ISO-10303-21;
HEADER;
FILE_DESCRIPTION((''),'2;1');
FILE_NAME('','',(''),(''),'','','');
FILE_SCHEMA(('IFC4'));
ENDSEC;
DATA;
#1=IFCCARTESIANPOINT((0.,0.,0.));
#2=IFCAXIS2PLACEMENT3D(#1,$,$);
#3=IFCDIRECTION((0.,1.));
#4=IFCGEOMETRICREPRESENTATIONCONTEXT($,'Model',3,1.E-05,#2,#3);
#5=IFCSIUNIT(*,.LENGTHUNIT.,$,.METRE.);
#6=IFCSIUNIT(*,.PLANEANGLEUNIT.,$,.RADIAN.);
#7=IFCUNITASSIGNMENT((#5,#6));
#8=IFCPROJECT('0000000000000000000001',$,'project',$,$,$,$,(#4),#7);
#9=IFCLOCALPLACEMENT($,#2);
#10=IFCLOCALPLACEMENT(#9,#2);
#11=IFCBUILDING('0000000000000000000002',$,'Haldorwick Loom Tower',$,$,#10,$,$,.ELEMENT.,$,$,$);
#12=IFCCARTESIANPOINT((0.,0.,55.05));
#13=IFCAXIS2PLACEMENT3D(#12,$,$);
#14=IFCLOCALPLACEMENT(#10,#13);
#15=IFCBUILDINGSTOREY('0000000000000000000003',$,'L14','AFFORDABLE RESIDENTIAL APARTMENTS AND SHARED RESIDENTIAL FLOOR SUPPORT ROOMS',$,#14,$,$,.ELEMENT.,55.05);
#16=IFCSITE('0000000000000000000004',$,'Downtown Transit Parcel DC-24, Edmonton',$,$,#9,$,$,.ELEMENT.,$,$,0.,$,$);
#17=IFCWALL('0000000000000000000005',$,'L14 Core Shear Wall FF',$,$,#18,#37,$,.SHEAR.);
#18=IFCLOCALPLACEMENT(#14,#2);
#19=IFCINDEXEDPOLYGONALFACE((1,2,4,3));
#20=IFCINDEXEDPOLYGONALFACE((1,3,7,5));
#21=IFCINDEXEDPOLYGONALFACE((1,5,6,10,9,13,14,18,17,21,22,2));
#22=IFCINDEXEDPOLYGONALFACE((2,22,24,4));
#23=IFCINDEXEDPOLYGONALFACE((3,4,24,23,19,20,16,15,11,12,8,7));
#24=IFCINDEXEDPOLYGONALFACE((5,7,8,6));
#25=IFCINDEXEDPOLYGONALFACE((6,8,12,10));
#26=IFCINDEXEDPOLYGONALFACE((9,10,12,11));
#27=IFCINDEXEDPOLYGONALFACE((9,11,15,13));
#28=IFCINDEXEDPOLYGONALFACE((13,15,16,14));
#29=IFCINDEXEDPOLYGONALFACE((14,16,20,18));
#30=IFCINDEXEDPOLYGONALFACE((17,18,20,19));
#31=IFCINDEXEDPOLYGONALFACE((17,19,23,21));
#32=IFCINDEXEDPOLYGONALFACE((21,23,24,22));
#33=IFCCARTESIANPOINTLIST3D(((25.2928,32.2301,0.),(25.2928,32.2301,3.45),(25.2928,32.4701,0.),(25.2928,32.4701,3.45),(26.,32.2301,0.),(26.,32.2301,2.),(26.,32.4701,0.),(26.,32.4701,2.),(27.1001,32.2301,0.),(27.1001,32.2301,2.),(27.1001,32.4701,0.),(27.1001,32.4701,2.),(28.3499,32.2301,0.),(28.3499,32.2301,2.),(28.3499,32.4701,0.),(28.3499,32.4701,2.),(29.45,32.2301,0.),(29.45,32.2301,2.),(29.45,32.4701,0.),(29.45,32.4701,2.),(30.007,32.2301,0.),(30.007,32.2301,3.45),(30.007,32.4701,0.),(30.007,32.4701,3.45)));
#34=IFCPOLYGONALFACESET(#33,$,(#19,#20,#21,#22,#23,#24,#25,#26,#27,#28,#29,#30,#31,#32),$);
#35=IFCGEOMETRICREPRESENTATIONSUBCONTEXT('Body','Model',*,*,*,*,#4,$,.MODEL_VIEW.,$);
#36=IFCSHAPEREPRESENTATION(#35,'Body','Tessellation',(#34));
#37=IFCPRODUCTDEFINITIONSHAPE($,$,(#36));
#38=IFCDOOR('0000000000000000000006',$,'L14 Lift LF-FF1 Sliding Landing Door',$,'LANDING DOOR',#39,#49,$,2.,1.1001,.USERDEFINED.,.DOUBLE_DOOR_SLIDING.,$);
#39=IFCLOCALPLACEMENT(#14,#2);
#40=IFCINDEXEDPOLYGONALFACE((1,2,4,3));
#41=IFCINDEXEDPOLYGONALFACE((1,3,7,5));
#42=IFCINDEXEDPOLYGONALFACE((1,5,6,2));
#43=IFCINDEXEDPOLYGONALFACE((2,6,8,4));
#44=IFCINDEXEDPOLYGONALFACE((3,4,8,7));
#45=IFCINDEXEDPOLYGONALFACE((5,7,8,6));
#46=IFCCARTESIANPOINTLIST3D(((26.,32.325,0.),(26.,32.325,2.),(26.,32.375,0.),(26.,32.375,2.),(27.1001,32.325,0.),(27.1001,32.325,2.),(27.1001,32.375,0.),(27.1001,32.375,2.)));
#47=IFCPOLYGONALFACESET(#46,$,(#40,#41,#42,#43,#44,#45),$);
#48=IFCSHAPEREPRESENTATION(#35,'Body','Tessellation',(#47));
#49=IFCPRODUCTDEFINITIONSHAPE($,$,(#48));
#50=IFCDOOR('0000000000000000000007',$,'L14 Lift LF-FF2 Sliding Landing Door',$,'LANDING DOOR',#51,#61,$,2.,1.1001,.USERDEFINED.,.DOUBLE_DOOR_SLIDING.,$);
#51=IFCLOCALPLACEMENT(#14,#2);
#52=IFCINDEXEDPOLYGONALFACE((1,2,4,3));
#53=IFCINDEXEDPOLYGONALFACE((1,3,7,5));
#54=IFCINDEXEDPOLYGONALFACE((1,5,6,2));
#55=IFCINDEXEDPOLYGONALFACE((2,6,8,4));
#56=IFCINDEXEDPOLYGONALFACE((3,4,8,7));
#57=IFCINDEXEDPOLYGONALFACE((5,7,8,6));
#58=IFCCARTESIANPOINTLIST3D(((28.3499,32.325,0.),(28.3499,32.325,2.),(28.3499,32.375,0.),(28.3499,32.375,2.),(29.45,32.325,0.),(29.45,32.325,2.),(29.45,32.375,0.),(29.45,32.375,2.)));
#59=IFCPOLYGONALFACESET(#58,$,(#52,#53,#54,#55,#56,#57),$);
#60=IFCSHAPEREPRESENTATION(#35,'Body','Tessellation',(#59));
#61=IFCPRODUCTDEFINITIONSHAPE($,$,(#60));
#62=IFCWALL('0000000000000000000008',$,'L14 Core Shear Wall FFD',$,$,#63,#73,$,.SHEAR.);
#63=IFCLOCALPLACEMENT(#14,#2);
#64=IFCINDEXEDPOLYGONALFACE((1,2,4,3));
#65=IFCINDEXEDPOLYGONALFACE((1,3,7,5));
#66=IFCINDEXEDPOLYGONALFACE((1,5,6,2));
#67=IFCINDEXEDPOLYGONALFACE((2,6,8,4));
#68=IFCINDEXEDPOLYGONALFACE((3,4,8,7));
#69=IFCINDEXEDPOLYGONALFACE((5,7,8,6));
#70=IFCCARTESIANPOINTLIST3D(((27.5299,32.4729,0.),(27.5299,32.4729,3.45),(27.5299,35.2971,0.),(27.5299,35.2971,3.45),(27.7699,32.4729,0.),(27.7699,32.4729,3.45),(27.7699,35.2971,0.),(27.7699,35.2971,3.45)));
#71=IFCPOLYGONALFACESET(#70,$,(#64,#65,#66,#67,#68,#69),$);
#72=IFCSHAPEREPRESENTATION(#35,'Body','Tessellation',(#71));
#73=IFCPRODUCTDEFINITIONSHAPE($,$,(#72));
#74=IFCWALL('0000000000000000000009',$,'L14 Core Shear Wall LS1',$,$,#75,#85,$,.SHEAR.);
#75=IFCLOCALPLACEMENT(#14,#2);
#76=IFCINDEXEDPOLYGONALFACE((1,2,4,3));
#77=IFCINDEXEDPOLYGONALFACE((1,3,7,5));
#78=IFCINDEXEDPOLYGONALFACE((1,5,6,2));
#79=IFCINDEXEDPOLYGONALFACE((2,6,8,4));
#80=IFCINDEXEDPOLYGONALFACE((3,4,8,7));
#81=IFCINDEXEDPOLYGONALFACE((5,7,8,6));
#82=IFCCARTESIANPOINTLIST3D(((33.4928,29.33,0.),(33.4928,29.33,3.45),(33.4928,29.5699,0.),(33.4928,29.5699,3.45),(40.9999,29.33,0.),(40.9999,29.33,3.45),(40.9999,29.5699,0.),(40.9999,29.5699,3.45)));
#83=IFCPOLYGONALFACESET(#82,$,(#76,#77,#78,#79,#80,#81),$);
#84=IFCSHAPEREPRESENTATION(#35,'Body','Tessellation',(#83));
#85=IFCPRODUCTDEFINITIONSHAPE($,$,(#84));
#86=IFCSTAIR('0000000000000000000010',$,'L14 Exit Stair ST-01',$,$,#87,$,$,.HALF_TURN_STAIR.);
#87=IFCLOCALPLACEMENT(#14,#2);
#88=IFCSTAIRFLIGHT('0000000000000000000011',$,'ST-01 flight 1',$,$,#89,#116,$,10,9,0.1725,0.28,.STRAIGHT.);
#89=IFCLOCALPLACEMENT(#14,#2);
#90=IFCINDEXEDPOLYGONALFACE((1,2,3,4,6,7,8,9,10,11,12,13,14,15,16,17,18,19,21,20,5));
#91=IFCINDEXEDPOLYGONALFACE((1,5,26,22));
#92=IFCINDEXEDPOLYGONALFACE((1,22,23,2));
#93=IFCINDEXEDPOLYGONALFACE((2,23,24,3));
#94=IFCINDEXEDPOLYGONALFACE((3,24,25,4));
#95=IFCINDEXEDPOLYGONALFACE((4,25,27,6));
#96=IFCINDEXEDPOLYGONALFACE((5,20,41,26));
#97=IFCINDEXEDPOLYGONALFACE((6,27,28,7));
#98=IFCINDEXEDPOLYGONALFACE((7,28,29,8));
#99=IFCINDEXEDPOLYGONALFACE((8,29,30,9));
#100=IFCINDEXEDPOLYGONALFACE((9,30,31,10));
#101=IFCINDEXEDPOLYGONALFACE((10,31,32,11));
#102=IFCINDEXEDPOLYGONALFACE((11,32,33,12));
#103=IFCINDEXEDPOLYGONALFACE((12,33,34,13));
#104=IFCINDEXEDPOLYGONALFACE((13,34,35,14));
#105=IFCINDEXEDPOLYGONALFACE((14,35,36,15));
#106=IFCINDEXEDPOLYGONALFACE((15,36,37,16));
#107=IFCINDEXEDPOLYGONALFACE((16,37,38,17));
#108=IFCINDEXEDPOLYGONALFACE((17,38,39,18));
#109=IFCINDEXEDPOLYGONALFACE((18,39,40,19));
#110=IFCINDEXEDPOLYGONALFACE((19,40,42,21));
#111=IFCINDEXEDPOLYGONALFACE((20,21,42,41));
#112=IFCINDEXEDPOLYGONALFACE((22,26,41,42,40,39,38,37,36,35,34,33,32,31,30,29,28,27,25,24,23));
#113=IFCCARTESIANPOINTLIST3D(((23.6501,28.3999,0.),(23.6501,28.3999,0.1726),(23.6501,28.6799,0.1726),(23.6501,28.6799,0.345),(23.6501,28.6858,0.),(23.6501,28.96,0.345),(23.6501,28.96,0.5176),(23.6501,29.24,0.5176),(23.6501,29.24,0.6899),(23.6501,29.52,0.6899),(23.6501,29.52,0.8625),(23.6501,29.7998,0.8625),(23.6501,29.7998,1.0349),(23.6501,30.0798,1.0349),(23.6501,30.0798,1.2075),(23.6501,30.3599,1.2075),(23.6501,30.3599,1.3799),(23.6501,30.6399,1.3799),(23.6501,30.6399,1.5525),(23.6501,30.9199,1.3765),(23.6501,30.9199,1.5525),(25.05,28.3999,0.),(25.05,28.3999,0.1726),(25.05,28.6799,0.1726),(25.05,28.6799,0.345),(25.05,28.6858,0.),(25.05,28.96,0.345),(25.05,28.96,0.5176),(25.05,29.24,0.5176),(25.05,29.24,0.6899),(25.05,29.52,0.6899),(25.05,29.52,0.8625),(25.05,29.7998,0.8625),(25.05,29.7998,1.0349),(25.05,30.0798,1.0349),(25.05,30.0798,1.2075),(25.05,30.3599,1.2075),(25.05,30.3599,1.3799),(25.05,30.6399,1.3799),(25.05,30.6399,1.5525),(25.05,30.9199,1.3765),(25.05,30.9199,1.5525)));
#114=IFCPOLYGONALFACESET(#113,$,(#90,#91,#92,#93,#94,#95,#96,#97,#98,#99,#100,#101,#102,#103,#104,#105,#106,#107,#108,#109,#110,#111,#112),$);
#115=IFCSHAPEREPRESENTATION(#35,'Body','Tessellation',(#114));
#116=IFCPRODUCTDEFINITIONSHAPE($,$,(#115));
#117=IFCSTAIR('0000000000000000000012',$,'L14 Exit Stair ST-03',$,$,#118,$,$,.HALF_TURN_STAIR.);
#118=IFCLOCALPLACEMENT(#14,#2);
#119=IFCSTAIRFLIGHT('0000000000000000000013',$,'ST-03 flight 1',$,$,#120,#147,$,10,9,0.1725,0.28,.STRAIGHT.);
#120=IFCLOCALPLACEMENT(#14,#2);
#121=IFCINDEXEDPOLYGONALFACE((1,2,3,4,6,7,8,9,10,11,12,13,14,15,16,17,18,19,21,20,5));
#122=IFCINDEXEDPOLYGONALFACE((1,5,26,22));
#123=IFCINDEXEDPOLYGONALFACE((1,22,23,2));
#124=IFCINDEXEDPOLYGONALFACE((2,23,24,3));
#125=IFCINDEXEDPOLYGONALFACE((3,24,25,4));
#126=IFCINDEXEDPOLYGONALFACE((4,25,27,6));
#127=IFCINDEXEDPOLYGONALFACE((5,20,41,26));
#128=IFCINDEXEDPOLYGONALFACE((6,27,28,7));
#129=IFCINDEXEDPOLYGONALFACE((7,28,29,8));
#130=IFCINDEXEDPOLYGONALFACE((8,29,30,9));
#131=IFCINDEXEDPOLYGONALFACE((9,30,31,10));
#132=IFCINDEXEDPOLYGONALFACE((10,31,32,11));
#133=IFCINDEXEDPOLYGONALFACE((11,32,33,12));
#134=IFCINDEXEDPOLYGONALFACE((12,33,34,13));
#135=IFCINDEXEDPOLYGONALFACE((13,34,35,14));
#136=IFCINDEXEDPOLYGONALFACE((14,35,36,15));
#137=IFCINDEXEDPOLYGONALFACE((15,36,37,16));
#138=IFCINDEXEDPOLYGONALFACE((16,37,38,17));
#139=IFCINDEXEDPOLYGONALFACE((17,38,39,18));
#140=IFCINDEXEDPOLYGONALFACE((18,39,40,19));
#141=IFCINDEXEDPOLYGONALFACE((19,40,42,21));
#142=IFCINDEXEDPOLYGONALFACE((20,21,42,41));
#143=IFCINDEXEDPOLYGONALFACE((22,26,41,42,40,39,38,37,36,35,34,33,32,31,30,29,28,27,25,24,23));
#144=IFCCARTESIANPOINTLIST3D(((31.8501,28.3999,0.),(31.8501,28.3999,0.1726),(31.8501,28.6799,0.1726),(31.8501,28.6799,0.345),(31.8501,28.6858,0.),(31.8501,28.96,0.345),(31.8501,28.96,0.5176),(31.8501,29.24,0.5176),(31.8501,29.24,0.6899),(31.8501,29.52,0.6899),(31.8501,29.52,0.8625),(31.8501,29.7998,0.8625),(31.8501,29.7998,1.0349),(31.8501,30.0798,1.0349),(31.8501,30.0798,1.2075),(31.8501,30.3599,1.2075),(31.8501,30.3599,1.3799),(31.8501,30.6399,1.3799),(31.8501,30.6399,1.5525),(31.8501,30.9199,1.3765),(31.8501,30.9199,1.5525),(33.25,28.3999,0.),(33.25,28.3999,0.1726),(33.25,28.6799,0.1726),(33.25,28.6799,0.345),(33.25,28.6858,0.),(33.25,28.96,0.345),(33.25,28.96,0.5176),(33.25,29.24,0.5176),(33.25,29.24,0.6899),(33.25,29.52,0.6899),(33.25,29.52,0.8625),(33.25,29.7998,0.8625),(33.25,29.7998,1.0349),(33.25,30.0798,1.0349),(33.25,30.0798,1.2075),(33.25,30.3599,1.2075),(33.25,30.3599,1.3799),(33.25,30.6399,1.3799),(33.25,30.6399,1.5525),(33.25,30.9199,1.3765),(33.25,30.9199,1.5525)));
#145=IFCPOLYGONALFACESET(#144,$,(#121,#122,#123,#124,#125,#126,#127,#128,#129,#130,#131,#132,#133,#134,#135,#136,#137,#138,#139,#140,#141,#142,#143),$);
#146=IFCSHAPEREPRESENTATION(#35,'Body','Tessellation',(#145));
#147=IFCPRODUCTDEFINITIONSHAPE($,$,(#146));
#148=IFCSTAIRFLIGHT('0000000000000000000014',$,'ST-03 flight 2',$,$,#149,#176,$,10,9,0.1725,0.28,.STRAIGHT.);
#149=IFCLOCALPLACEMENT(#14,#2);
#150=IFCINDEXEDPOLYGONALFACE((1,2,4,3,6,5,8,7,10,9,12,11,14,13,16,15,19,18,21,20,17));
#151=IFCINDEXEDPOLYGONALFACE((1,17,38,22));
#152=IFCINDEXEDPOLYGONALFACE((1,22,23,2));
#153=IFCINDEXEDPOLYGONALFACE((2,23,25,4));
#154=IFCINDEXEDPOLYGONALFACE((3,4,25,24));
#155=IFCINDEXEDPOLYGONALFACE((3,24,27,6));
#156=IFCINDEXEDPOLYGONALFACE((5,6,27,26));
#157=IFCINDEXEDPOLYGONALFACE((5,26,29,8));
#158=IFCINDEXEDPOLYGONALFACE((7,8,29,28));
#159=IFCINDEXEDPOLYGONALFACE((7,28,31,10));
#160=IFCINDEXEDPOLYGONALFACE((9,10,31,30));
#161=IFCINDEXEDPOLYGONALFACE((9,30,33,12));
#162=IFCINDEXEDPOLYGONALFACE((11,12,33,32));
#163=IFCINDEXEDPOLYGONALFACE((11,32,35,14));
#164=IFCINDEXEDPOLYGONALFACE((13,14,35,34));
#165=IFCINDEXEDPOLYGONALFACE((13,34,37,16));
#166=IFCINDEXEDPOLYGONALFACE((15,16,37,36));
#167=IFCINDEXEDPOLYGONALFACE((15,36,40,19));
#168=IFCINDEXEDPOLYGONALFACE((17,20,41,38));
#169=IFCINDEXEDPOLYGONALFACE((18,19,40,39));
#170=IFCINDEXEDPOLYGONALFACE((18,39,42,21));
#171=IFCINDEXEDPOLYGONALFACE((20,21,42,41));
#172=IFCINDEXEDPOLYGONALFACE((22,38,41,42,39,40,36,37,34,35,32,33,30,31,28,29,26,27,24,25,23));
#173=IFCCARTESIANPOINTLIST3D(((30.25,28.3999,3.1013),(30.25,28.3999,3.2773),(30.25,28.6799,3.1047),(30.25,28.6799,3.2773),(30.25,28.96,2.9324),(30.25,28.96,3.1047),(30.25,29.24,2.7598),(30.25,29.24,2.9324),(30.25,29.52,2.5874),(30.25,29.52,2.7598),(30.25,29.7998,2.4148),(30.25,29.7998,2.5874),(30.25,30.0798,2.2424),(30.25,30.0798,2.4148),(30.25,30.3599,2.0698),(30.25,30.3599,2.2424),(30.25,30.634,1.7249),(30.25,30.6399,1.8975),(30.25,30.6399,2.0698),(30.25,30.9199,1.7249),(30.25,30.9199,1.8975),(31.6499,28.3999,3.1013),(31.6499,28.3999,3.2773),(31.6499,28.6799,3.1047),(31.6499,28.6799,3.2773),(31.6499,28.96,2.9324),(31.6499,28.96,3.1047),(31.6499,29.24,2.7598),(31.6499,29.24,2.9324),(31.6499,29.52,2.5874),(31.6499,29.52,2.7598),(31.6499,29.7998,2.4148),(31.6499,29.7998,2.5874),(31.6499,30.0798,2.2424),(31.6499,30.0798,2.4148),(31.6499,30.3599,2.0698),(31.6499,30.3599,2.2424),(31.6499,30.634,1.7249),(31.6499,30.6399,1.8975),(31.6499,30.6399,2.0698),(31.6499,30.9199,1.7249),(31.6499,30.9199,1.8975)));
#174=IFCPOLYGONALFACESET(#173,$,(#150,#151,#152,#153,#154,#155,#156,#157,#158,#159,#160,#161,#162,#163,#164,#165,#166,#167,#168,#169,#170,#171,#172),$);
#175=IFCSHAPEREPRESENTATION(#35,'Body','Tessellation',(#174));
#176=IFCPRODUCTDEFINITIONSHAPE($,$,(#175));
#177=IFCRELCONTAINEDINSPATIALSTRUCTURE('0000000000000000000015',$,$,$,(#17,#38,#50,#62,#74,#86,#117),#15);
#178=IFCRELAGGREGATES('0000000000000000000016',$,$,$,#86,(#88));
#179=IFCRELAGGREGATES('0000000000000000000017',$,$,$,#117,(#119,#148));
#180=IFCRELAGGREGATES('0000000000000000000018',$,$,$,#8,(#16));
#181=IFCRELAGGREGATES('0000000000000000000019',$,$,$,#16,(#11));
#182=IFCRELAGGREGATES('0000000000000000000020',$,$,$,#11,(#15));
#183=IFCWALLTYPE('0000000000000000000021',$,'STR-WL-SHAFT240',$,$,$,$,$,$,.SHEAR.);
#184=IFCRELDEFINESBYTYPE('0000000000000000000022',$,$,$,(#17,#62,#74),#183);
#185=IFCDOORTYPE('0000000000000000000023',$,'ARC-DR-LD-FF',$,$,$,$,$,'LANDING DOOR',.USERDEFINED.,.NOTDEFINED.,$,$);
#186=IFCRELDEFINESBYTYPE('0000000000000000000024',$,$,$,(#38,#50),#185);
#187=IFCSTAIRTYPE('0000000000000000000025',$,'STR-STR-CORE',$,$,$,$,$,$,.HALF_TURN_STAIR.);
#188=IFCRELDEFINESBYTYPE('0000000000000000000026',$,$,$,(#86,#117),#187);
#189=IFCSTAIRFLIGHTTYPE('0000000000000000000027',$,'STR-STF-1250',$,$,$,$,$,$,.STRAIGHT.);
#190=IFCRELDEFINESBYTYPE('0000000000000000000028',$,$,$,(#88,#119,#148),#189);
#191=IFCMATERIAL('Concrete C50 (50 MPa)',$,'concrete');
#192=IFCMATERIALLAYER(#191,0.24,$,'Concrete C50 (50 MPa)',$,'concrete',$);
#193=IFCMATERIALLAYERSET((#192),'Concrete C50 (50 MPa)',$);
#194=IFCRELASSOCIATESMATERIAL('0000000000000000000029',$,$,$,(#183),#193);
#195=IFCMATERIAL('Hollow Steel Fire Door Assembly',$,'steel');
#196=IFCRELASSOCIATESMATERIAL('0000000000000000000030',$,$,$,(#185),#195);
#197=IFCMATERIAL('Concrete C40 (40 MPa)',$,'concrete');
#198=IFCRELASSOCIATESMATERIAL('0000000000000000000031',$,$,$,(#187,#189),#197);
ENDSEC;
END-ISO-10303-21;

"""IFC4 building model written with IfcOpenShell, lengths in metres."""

from ifc_helpers import new_model, si_unit, direction, frame, frame_2d, origin, place, context, subcontext, project, spatial, polyline, rectangle, outline, extrude, material, layer, layer_set, type_object, element, fill, aggregate, save


model = new_model("IFC4")

# Units and contexts
model_context = context("Model", 3, precision=1e-05, world=origin(), true_north=direction((0.0, 1.0)))
body_context = subcontext(model_context, "Body", "Model", "MODEL_VIEW")
ifc_project = project(units=[si_unit("LENGTHUNIT", "METRE"), si_unit("PLANEANGLEUNIT", "RADIAN")], contexts=[model_context])

# Site, building, storey
site_placement = place(None, origin())
site = spatial("IfcSite", under=ifc_project, at=site_placement, Name="Downtown Transit Parcel DC-24, Edmonton", CompositionType="ELEMENT", RefElevation=0.0)
building_placement = place(site_placement, origin())
building = spatial("IfcBuilding", under=site, at=building_placement, Name="Haldorwick Loom Tower", CompositionType="ELEMENT")
storey_placement = place(building_placement, frame((0.0, 0.0, 55.05)))
storey = spatial("IfcBuildingStorey", under=building, at=storey_placement, Name="L14", Description="AFFORDABLE RESIDENTIAL APARTMENTS AND SHARED RESIDENTIAL FLOOR SUPPORT ROOMS", CompositionType="ELEMENT", Elevation=55.05)

# Shared definitions
ifc_material_1 = material(Name="Concrete C50 (50 MPa)", Category="concrete")
ifc_layer = layer(ifc_material_1, 0.24, Name="Concrete C50 (50 MPa)", Category="concrete")
ifc_layer_set = layer_set([ifc_layer], Name="Concrete C50 (50 MPa)")
wall_type = type_object("IfcWallType", Name="STR-WL-SHAFT240", PredefinedType="SHEAR", material=ifc_layer_set)

# Wall, openings, doors
wall_1_placement = place(storey_placement, frame((25.293, 32.3501, 0.0), z_axis=(0.0, 0.0, 1.0), x_axis=(1.0, 0.0, 0.0)))
wall_1 = element("IfcWall", 1, at=wall_1_placement, inside=storey, type_object=wall_type, Name="L14 Core Shear Wall FF", PredefinedType="SHEAR", context=body_context, shape_type="SweptSolid", body=[
    extrude(rectangle(XDim=4.7141, YDim=0.24, at=frame_2d((2.3569, 0.0))), origin(), (0.0, 0.0, 1.0), 3.45),
])
opening_1_placement = place(wall_1_placement, frame((0.707, 0.0, 0.0)))
opening_1 = element("IfcOpeningElement", 2, at=opening_1_placement, cuts=wall_1, PredefinedType="OPENING", context=body_context, shape_type="SweptSolid", body=[
    extrude(rectangle(XDim=1.1001, YDim=2.0, at=frame_2d((0.55, 1.0))), frame((0.0, 0.1299, 0.0), z_axis=(0.0, -1.0, 0.0), x_axis=(1.0, 0.0, 0.0)), (0.0, 0.0, 1.0), 0.26),
])
opening_2_placement = place(wall_1_placement, frame((3.0569, 0.0, 0.0)))
opening_2 = element("IfcOpeningElement", 3, at=opening_2_placement, cuts=wall_1, PredefinedType="OPENING", context=body_context, shape_type="SweptSolid", body=[
    extrude(rectangle(XDim=1.1001, YDim=2.0, at=frame_2d((0.55, 1.0))), frame((0.0, 0.1299, 0.0), z_axis=(0.0, -1.0, 0.0), x_axis=(1.0, 0.0, 0.0)), (0.0, 0.0, 1.0), 0.26),
])
ifc_material_2 = material(Name="Hollow Steel Fire Door Assembly", Category="steel")
door_type = type_object("IfcDoorType", Name="ARC-DR-LD-FF", ElementType="LANDING DOOR", OperationType="NOTDEFINED", PredefinedType="USERDEFINED", material=ifc_material_2)
door_1_placement = place(opening_1_placement, origin())
door_1 = element("IfcDoor", 4, at=door_1_placement, inside=storey, type_object=door_type, Name="L14 Lift LF-FF1 Sliding Landing Door", ObjectType="LANDING DOOR", OperationType="DOUBLE_DOOR_SLIDING", OverallHeight=2.0, OverallWidth=1.1001, PredefinedType="USERDEFINED", context=body_context, shape_type="SweptSolid", body=[
    extrude(rectangle(XDim=1.1001, YDim=2.0, at=frame_2d((0.55, 1.0))), frame((0.0, 0.0249, 0.0), z_axis=(0.0, -1.0, 0.0), x_axis=(1.0, 0.0, 0.0)), (0.0, 0.0, 1.0), 0.05),
])
fill(opening_1, door_1)
door_2_placement = place(opening_2_placement, origin())
door_2 = element("IfcDoor", 5, at=door_2_placement, inside=storey, type_object=door_type, Name="L14 Lift LF-FF2 Sliding Landing Door", ObjectType="LANDING DOOR", OperationType="DOUBLE_DOOR_SLIDING", OverallHeight=2.0, OverallWidth=1.1001, PredefinedType="USERDEFINED", context=body_context, shape_type="SweptSolid", body=[
    extrude(rectangle(XDim=1.1001, YDim=2.0, at=frame_2d((0.55, 1.0))), frame((0.0, 0.0249, 0.0), z_axis=(0.0, -1.0, 0.0), x_axis=(1.0, 0.0, 0.0)), (0.0, 0.0, 1.0), 0.05),
])
fill(opening_2, door_2)

# Walls
wall_2_placement = place(storey_placement, frame((27.6499, 32.4729, 0.0), z_axis=(0.0, 0.0, 1.0), x_axis=(0.0, 1.0, 0.0)))
element("IfcWall", 6, at=wall_2_placement, inside=storey, type_object=wall_type, Name="L14 Core Shear Wall FFD", PredefinedType="SHEAR", context=body_context, shape_type="SweptSolid", body=[
    extrude(rectangle(XDim=2.8242, YDim=0.24, at=frame_2d((1.4121, 0.0))), origin(), (0.0, 0.0, 1.0), 3.45),
])
wall_3_placement = place(storey_placement, frame((33.4929, 29.45, 0.0), z_axis=(0.0, 0.0, 1.0), x_axis=(1.0, 0.0, 0.0)))
element("IfcWall", 7, at=wall_3_placement, inside=storey, type_object=wall_type, Name="L14 Core Shear Wall LS1", PredefinedType="SHEAR", context=body_context, shape_type="SweptSolid", body=[
    extrude(rectangle(XDim=7.5071, YDim=0.24, at=frame_2d((3.7534, 0.0))), origin(), (0.0, 0.0, 1.0), 3.45),
])

# Stair, stair flight
ifc_material_3 = material(Name="Concrete C40 (40 MPa)", Category="concrete")
stair_type = type_object("IfcStairType", Name="STR-STR-CORE", PredefinedType="HALF_TURN_STAIR", material=ifc_material_3)
stair_1_placement = place(storey_placement, origin())
stair_1 = element("IfcStair", 8, at=stair_1_placement, inside=storey, type_object=stair_type, Name="L14 Exit Stair ST-01", PredefinedType="HALF_TURN_STAIR")
stair_flight_type = type_object("IfcStairFlightType", Name="STR-STF-1250", PredefinedType="STRAIGHT", material=ifc_material_3)
stair_flight_1_placement = place(storey_placement, frame((24.3501, 28.3999, 0.0), z_axis=(0.0, 0.0, 1.0), x_axis=(0.0, 1.0, 0.0)))
stair_flight_1 = element("IfcStairFlight", 9, at=stair_flight_1_placement, type_object=stair_flight_type, Name="ST-01 flight 1", NumberOfRisers=10, NumberOfTreads=9, PredefinedType="STRAIGHT", RiserHeight=0.1725, TreadLength=0.28, context=body_context, shape_type="SweptSolid", body=[
    extrude(outline(polyline([(0.0, 0.0), (0.0, 0.1726), (0.28, 0.1726), (0.28, 0.345), (0.5601, 0.345), (0.5601, 0.5176), (0.8401, 0.5176), (0.8401, 0.6899), (1.1201, 0.6899), (1.1201, 0.8625), (1.3999, 0.8625), (1.3999, 1.0349), (1.6799, 1.0349), (1.6799, 1.2075), (1.96, 1.2075), (1.96, 1.3799), (2.24, 1.3799), (2.24, 1.5525), (2.52, 1.5525), (2.52, 1.7251), (2.52, 1.3765), (0.2859, 0.0), (0.0, 0.0)])), frame((0.0, 0.7, 0.0), z_axis=(0.0, -1.0, 0.0), x_axis=(1.0, 0.0, 0.0)), (0.0, 0.0, 1.0), 1.3999),
])
aggregate(stair_1, [stair_flight_1])

# Stair, stair flights
stair_2_placement = place(storey_placement, origin())
stair_2 = element("IfcStair", 10, at=stair_2_placement, inside=storey, type_object=stair_type, Name="L14 Exit Stair ST-03", PredefinedType="HALF_TURN_STAIR")
stair_flight_2_placement = place(storey_placement, frame((32.55, 28.3999, 0.0), z_axis=(0.0, 0.0, 1.0), x_axis=(0.0, 1.0, 0.0)))
stair_flight_2 = element("IfcStairFlight", 11, at=stair_flight_2_placement, type_object=stair_flight_type, Name="ST-03 flight 1", NumberOfRisers=10, NumberOfTreads=9, PredefinedType="STRAIGHT", RiserHeight=0.1725, TreadLength=0.28, context=body_context, shape_type="SweptSolid", body=[
    extrude(outline(polyline([(0.0, 0.0), (0.0, 0.1726), (0.28, 0.1726), (0.28, 0.345), (0.5601, 0.345), (0.5601, 0.5176), (0.8401, 0.5176), (0.8401, 0.6899), (1.1201, 0.6899), (1.1201, 0.8625), (1.3999, 0.8625), (1.3999, 1.0349), (1.6799, 1.0349), (1.6799, 1.2075), (1.96, 1.2075), (1.96, 1.3799), (2.24, 1.3799), (2.24, 1.5525), (2.52, 1.5525), (2.52, 1.7251), (2.52, 1.3765), (0.2859, 0.0), (0.0, 0.0)])), frame((0.0, 0.7, 0.0), z_axis=(0.0, -1.0, 0.0), x_axis=(1.0, 0.0, 0.0)), (0.0, 0.0, 1.0), 1.3999),
])
stair_flight_3_placement = place(storey_placement, frame((30.95, 30.9199, 1.7249), z_axis=(0.0, 0.0, 1.0), x_axis=(0.0, -1.0, 0.0)))
stair_flight_3 = element("IfcStairFlight", 12, at=stair_flight_3_placement, type_object=stair_flight_type, Name="ST-03 flight 2", NumberOfRisers=10, NumberOfTreads=9, PredefinedType="STRAIGHT", RiserHeight=0.1725, TreadLength=0.28, context=body_context, shape_type="SweptSolid", body=[
    extrude(outline(polyline([(0.0, 0.0), (0.0, 0.1726), (0.28, 0.1726), (0.28, 0.345), (0.5601, 0.345), (0.5601, 0.5176), (0.8401, 0.5176), (0.8401, 0.6899), (1.1201, 0.6899), (1.1201, 0.8625), (1.3999, 0.8625), (1.3999, 1.0349), (1.6799, 1.0349), (1.6799, 1.2075), (1.96, 1.2075), (1.96, 1.3799), (2.24, 1.3799), (2.24, 1.5525), (2.52, 1.5525), (2.52, 1.7251), (2.52, 1.3765), (0.2859, 0.0), (0.0, 0.0)])), frame((0.0, 0.7, 0.0), z_axis=(0.0, -1.0, 0.0), x_axis=(1.0, 0.0, 0.0)), (0.0, 0.0, 1.0), 1.3999),
])
aggregate(stair_2, [stair_flight_2, stair_flight_3])

save(model, "model.ifc")
